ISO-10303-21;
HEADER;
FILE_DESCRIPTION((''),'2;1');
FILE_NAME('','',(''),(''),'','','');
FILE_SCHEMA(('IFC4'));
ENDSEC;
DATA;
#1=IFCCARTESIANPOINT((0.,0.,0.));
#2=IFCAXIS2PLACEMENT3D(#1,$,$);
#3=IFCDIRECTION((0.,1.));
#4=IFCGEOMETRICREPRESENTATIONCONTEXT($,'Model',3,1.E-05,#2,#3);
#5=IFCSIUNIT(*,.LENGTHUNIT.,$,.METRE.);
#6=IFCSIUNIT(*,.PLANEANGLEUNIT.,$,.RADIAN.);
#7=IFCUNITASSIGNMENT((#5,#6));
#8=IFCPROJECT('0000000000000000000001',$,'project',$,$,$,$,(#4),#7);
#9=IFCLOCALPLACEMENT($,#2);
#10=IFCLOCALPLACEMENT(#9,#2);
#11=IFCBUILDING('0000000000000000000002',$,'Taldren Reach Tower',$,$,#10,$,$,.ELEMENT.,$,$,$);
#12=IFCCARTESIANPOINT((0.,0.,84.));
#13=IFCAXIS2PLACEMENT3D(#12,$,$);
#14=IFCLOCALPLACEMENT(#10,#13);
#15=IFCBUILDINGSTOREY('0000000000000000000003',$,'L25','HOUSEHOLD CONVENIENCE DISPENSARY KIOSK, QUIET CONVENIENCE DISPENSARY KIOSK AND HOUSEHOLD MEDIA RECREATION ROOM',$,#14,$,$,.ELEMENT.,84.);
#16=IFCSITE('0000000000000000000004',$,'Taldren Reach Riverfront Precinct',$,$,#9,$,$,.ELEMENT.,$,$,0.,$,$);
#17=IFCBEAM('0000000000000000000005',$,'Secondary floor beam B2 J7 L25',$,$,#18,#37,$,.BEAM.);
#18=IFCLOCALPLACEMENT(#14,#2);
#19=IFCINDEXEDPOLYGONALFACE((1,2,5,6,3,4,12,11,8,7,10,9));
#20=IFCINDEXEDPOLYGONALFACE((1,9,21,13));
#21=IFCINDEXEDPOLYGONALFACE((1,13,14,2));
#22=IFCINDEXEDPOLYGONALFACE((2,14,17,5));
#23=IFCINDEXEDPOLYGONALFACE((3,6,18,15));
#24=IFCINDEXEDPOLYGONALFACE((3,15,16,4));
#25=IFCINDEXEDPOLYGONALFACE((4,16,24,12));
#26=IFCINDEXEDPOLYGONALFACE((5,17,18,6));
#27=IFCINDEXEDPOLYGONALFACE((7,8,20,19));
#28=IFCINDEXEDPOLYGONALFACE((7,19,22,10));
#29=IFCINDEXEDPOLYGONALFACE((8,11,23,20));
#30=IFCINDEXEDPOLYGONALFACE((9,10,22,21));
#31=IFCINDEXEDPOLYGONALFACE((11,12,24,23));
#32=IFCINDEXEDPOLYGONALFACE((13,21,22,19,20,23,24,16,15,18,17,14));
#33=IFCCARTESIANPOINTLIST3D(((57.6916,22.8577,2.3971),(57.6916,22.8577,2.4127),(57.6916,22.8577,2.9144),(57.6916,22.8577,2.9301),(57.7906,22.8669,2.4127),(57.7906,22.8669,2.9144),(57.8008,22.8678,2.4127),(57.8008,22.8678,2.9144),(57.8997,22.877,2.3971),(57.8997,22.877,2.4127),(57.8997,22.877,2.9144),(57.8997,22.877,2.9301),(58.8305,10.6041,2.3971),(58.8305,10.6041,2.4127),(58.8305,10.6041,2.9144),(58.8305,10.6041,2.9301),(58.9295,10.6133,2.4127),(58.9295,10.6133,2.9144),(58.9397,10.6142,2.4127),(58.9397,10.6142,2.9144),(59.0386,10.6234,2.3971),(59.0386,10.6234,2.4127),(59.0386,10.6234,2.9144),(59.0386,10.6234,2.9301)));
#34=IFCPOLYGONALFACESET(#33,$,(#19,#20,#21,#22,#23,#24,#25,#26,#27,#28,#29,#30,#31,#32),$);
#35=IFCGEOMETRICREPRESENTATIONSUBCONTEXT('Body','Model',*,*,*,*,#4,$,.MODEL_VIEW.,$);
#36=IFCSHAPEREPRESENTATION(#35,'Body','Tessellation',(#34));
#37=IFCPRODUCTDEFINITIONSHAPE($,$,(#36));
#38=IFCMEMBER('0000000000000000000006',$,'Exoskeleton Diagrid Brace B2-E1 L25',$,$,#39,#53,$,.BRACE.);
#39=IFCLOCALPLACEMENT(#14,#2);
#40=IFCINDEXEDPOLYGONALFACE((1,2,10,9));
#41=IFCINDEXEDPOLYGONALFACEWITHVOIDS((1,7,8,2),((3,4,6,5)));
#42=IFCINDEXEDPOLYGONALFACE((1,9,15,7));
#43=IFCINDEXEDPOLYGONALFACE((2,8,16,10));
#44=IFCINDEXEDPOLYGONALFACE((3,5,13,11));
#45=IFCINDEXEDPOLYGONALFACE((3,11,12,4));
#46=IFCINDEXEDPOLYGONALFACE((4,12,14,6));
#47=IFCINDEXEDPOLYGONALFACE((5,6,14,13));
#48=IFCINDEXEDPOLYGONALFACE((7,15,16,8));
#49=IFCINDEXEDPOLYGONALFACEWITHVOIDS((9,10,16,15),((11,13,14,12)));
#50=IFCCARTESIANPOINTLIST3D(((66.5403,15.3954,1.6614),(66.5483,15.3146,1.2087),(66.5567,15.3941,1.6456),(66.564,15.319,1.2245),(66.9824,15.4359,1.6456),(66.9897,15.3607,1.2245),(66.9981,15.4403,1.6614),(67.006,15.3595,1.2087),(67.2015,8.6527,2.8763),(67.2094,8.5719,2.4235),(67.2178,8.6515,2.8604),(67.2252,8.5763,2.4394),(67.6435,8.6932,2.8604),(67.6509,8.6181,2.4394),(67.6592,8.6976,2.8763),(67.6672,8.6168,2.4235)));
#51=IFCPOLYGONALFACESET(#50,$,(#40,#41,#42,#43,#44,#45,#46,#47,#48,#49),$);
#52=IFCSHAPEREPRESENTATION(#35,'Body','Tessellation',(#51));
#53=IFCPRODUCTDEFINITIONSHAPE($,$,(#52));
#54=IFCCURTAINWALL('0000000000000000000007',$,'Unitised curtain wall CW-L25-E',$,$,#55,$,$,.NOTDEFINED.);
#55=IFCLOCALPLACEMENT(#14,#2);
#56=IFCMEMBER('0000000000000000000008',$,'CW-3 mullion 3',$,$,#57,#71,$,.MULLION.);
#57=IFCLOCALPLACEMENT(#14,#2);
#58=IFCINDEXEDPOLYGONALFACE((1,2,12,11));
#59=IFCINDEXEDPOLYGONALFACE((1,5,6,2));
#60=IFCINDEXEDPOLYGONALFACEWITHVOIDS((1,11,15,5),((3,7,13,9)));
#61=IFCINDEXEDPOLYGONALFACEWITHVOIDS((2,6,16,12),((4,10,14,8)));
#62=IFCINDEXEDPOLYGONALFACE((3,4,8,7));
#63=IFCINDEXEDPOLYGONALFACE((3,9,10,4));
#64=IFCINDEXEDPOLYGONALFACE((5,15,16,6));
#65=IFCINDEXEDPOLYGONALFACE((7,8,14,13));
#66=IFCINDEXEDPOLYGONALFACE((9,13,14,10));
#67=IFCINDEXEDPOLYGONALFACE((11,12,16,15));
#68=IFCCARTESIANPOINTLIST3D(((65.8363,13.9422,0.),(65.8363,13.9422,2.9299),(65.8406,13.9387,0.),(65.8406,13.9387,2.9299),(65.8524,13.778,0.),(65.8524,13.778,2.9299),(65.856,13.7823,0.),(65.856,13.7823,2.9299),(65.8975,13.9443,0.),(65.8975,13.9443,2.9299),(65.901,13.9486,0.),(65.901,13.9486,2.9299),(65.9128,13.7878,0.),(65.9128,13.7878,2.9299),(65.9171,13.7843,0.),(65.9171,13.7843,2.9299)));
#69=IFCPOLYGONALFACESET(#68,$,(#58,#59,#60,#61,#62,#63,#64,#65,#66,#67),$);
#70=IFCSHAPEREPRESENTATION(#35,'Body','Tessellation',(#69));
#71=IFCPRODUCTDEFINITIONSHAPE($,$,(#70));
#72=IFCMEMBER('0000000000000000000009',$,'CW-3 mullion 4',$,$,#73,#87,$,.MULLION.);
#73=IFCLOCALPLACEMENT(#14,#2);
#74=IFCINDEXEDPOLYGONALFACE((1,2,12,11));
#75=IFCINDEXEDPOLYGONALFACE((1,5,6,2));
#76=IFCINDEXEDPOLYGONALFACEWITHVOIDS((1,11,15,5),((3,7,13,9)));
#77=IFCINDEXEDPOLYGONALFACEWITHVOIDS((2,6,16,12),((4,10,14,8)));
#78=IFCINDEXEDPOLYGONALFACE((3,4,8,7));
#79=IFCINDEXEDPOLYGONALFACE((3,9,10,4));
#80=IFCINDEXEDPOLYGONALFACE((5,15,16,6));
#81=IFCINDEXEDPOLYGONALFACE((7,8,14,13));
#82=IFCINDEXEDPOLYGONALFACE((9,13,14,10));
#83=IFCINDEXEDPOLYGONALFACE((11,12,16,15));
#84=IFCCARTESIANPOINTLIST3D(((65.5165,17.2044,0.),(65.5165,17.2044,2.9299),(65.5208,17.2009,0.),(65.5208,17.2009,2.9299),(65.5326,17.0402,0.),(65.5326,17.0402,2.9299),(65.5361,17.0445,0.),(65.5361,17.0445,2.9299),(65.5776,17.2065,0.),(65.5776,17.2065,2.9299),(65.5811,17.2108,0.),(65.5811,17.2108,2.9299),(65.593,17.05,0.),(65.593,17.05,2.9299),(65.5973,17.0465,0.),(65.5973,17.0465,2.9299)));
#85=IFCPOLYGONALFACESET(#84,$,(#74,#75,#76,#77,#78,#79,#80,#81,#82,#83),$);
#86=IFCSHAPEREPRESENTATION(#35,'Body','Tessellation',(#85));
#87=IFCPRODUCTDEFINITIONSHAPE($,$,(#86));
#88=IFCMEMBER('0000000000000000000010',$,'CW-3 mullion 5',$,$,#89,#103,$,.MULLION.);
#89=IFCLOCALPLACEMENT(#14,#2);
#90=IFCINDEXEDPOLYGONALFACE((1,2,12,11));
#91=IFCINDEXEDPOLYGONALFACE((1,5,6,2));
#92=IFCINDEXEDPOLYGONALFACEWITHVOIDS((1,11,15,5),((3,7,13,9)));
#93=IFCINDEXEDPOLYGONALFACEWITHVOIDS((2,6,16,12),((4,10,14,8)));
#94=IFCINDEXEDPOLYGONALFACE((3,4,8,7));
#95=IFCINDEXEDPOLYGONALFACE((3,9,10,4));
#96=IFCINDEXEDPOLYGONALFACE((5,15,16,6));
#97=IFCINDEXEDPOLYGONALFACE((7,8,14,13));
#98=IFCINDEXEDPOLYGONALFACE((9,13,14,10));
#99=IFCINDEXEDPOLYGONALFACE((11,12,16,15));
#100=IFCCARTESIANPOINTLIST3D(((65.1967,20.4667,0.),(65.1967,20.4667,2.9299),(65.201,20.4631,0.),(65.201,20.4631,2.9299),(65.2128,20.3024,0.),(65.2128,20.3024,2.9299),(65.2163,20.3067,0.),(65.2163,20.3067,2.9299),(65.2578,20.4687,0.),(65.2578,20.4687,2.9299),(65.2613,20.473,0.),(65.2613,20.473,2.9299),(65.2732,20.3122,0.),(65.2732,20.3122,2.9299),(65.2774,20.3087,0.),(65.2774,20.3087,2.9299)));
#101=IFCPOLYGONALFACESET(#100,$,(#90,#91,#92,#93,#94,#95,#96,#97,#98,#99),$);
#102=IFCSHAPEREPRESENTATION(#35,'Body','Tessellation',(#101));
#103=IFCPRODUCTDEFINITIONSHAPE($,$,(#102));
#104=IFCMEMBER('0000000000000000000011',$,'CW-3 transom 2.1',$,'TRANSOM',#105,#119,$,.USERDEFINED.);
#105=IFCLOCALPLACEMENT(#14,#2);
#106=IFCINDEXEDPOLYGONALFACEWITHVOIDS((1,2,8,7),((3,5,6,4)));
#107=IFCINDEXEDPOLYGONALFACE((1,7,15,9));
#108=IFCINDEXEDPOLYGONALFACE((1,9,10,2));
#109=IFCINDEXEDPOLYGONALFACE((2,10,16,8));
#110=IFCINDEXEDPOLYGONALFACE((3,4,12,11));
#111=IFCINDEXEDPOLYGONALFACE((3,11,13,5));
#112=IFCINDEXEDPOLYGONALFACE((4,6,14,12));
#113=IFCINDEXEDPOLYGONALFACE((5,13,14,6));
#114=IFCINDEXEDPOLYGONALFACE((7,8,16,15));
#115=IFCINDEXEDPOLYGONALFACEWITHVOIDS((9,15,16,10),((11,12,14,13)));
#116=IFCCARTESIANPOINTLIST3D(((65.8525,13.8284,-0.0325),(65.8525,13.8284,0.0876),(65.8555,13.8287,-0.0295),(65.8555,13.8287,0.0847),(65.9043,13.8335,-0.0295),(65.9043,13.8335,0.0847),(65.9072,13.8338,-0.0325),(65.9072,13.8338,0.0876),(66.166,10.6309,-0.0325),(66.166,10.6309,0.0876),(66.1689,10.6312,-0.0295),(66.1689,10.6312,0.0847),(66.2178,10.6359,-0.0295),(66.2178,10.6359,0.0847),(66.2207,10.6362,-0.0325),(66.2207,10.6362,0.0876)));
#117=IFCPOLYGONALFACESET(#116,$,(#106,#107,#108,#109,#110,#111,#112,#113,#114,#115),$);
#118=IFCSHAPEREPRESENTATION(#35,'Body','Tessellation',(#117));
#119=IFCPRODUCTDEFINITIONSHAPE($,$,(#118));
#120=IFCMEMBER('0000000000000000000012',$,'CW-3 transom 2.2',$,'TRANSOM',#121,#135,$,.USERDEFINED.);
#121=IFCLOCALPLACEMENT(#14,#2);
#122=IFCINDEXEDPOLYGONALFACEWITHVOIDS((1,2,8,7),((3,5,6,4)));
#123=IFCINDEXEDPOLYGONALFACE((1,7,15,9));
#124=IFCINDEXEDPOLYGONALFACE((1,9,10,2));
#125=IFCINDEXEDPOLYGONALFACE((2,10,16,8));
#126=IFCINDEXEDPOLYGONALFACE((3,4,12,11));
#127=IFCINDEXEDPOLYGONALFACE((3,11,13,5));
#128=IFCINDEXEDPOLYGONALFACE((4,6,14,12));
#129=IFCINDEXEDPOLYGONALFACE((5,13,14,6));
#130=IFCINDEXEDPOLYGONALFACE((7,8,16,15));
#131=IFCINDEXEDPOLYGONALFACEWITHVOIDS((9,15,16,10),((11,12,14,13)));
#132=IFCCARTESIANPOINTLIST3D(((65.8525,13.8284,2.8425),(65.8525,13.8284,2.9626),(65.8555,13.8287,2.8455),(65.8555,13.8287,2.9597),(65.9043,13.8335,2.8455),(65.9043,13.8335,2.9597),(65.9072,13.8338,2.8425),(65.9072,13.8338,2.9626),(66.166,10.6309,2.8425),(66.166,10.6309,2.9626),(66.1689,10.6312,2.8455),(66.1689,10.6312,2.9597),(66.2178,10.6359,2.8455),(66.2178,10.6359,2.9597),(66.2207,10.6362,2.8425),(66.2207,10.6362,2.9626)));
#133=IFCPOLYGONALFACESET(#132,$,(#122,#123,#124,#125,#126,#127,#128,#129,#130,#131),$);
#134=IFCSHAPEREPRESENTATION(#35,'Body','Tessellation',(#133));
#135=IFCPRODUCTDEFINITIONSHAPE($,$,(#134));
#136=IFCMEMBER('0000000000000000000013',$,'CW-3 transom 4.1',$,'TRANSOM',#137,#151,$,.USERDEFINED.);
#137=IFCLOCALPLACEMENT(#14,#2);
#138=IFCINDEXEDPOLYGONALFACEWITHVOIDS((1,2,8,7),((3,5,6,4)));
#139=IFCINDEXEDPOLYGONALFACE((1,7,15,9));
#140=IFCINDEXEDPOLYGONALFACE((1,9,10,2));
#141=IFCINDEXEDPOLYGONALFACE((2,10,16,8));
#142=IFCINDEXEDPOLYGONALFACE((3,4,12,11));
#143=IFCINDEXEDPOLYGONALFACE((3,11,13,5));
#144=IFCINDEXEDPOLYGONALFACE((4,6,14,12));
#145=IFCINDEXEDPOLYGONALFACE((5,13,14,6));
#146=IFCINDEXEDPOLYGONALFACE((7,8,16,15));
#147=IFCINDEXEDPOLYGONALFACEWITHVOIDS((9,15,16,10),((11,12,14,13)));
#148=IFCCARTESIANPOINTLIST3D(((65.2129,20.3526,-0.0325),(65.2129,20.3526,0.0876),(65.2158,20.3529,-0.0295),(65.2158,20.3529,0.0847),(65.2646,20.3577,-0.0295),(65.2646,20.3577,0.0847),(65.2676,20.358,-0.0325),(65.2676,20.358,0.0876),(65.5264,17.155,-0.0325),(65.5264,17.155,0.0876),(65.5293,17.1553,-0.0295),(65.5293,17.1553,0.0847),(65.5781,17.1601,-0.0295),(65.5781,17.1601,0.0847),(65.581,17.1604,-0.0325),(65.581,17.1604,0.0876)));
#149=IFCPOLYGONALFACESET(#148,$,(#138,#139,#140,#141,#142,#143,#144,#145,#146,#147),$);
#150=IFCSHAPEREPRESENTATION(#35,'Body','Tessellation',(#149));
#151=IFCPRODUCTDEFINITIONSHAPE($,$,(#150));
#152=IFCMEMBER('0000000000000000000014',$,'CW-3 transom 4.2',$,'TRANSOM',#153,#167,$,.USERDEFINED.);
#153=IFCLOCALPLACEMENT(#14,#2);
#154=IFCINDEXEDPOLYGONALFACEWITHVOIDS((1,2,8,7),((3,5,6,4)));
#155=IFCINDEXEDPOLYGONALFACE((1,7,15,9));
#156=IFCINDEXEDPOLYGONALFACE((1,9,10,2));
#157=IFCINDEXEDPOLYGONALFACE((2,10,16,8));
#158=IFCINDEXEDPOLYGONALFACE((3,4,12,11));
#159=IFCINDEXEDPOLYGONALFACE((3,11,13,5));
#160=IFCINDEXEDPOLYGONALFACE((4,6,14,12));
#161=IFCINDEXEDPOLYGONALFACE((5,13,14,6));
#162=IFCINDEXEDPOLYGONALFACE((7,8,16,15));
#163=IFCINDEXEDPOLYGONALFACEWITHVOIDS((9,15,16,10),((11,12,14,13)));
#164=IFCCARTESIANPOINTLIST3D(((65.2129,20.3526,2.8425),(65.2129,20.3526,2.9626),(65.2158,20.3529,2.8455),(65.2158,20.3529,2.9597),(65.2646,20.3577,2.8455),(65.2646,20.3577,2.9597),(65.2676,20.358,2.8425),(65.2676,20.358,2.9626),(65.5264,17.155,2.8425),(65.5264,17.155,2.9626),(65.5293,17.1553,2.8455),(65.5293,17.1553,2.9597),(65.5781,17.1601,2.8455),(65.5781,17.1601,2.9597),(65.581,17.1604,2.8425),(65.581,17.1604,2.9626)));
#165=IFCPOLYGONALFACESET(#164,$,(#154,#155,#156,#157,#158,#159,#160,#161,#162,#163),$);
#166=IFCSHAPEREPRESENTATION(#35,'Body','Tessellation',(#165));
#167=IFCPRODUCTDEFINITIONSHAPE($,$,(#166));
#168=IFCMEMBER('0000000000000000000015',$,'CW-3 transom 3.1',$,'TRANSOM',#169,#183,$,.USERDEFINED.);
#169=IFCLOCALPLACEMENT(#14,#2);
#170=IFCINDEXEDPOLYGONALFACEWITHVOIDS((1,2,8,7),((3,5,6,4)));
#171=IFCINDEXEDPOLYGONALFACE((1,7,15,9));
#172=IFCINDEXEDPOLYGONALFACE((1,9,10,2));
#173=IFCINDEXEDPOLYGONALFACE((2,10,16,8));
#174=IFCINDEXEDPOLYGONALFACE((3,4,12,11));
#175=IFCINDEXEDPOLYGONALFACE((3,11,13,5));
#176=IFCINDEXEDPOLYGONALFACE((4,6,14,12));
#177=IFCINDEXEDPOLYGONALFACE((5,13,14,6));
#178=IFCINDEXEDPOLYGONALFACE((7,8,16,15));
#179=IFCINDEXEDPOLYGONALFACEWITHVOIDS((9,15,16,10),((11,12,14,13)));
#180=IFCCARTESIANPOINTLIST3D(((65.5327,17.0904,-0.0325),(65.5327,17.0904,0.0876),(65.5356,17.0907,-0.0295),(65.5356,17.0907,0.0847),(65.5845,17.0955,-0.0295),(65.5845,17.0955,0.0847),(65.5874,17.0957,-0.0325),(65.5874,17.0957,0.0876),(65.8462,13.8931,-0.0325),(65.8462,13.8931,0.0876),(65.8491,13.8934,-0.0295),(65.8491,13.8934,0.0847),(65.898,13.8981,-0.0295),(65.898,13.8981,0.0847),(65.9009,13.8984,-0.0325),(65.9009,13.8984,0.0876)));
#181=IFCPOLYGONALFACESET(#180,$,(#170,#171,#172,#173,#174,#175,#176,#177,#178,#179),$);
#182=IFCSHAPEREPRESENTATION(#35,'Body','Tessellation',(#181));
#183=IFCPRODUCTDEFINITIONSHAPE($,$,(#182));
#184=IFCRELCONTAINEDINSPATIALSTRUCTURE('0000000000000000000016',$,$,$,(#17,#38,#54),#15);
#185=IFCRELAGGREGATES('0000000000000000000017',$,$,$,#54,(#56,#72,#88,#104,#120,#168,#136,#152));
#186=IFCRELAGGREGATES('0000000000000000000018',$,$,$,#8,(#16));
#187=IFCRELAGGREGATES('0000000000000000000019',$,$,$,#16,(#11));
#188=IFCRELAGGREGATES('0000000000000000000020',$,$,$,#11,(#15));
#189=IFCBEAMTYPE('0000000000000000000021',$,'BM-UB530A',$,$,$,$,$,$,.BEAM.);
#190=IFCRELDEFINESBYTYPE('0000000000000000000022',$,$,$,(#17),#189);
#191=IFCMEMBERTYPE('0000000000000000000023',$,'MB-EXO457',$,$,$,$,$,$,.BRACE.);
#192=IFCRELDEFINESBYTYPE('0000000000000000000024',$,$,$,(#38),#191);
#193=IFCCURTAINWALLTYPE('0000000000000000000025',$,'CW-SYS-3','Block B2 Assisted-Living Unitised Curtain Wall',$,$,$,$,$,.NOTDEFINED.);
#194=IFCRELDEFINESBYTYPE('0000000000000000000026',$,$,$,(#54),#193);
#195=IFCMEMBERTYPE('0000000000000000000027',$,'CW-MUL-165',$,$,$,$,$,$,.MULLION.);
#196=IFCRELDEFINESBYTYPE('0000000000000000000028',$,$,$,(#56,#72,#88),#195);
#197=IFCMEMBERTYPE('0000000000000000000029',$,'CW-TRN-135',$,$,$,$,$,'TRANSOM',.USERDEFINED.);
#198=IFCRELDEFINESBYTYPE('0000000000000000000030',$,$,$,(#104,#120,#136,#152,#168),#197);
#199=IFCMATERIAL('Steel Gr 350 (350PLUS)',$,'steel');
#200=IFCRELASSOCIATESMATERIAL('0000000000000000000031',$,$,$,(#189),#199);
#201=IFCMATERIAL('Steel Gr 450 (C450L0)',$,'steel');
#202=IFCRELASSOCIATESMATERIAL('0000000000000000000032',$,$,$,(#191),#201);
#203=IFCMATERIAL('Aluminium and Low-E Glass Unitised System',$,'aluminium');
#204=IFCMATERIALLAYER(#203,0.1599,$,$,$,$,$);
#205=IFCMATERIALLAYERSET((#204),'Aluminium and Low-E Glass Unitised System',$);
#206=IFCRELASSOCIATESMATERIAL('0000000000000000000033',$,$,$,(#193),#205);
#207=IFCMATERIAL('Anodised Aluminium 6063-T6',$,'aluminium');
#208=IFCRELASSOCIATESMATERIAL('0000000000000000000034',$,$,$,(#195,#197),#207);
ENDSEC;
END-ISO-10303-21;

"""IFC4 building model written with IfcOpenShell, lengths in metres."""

from ifc_helpers import new_model, si_unit, direction, frame, origin, origin_2d, place, context, subcontext, project, spatial, hollow_rectangle, i_section, extrude, source, transform, mapped, material, layer, layer_set, material_profile, profile_set, type_object, element, aggregate, save


model = new_model("IFC4")

# Units and contexts
model_context = context("Model", 3, precision=1e-05, world=origin(), true_north=direction((0.0, 1.0)))
body_context = subcontext(model_context, "Body", "Model", "MODEL_VIEW")
ifc_project = project(units=[si_unit("LENGTHUNIT", "METRE"), si_unit("PLANEANGLEUNIT", "RADIAN")], contexts=[model_context])

# Site, building, storey
site_placement = place(None, origin())
site = spatial("IfcSite", under=ifc_project, at=site_placement, Name="Taldren Reach Riverfront Precinct", CompositionType="ELEMENT", RefElevation=0.0)
building_placement = place(site_placement, origin())
building = spatial("IfcBuilding", under=site, at=building_placement, Name="Taldren Reach Tower", CompositionType="ELEMENT")
storey_placement = place(building_placement, frame((0.0, 0.0, 84.0)))
storey = spatial("IfcBuildingStorey", under=building, at=storey_placement, Name="L25", Description="HOUSEHOLD CONVENIENCE DISPENSARY KIOSK, QUIET CONVENIENCE DISPENSARY KIOSK AND HOUSEHOLD MEDIA RECREATION ROOM", CompositionType="ELEMENT", Elevation=84.0)

# Beam
ifc_material_1 = material(Name="Steel Gr 350 (350PLUS)", Category="steel")
ifc_material_profile_1 = material_profile(ifc_material_1, i_section(OverallWidth=0.209, OverallDepth=0.533, WebThickness=0.0103, FlangeThickness=0.0156, at=origin_2d()), Name="530UB92.4")
ifc_profile_set_1 = profile_set([ifc_material_profile_1], Name="Steel Gr 350 (350PLUS)")
beam_type = type_object("IfcBeamType", Name="BM-UB530A", PredefinedType="BEAM", material=ifc_profile_set_1)
shared_shape_1 = source(origin(), body_context, "Body", "SweptSolid", [
    extrude(i_section(OverallWidth=0.209, OverallDepth=0.533, WebThickness=0.0103, FlangeThickness=0.0156, at=origin_2d()), origin(), (0.0, 0.0, 1.0), 12.3064),
])
beam_placement = place(storey_placement, frame((58.9346, 10.6138, 2.6636), z_axis=(-0.092546, 0.995708, 0.0), x_axis=(-0.995708, -0.092546, 0.0)))
element("IfcBeam", 1, at=beam_placement, inside=storey, type_object=beam_type, Name="Secondary floor beam B2 J7 L25", PredefinedType="BEAM", context=body_context, shape_type="MappedRepresentation", body=[
    mapped(shared_shape_1, transform((0.0, 0.0, 0.0), scale=1.0)),
])

# Member
ifc_material_2 = material(Name="Steel Gr 450 (C450L0)", Category="steel")
ifc_material_profile_2 = material_profile(ifc_material_2, hollow_rectangle(XDim=0.46, YDim=0.46, WallThickness=0.0161, at=origin_2d()), Name="460x460x16.0SHS")
ifc_profile_set_2 = profile_set([ifc_material_profile_2], Name="Steel Gr 450 (C450L0)")
member_type_1 = type_object("IfcMemberType", Name="MB-EXO457", PredefinedType="BRACE", material=ifc_profile_set_2)
shared_shape_2 = source(origin(), body_context, "Body", "SweptSolid", [
    extrude(hollow_rectangle(XDim=0.46, YDim=0.46, WallThickness=0.0161, at=origin_2d()), origin(), (0.0, 0.0, 1.0), 6.8831),
])
member_1_placement = place(storey_placement, frame((66.7732, 15.3774, 1.4351), z_axis=(0.096052, -0.979603, 0.176497), x_axis=(0.995227, 0.097584, 0.0)))
element("IfcMember", 2, at=member_1_placement, inside=storey, type_object=member_type_1, Name="Exoskeleton Diagrid Brace B2-E1 L25", PredefinedType="BRACE", context=body_context, shape_type="MappedRepresentation", body=[
    mapped(shared_shape_2, transform((0.0, 0.0, 0.0), scale=1.0)),
])

# Curtain wall, members
ifc_material_3 = material(Name="Aluminium and Low-E Glass Unitised System", Category="aluminium")
ifc_layer_1 = layer(ifc_material_3, 0.1599)
ifc_layer_set_1 = layer_set([ifc_layer_1], Name="Aluminium and Low-E Glass Unitised System")
curtain_wall_type = type_object("IfcCurtainWallType", Name="CW-SYS-3", Description="Block B2 Assisted-Living Unitised Curtain Wall", PredefinedType="NOTDEFINED", material=ifc_layer_set_1)
curtain_wall_placement = place(storey_placement, origin())
curtain_wall = element("IfcCurtainWall", 3, at=curtain_wall_placement, inside=storey, type_object=curtain_wall_type, Name="Unitised curtain wall CW-L25-E", PredefinedType="NOTDEFINED")
ifc_material_4 = material(Name="Anodised Aluminium 6063-T6", Category="aluminium")
ifc_material_profile_3 = material_profile(ifc_material_4, hollow_rectangle(XDim=0.0649, YDim=0.165, WallThickness=0.0039, at=origin_2d()), Name="ALU-165x65x4RHS")
ifc_profile_set_3 = profile_set([ifc_material_profile_3], Name="Anodised Aluminium 6063-T6")
member_type_2 = type_object("IfcMemberType", Name="CW-MUL-165", PredefinedType="MULLION", material=ifc_profile_set_3)
shared_shape_3 = source(origin(), body_context, "Body", "SweptSolid", [
    extrude(hollow_rectangle(XDim=0.0649, YDim=0.165, WallThickness=0.0039, at=origin_2d()), origin(), (0.0, 0.0, 1.0), 2.9299),
])
member_2_placement = place(storey_placement, frame((65.8767, 13.8633, 0.0), z_axis=(0.0, 0.0, 1.0), x_axis=(-0.995227, -0.097583, 0.0)))
member_2 = element("IfcMember", 4, at=member_2_placement, type_object=member_type_2, Name="CW-3 mullion 3", PredefinedType="MULLION", context=body_context, shape_type="MappedRepresentation", body=[
    mapped(shared_shape_3, transform((0.0, 0.0, 0.0), scale=1.0)),
])
member_3_placement = place(storey_placement, frame((65.5569, 17.1255, 0.0), z_axis=(0.0, 0.0, 1.0), x_axis=(-0.995227, -0.097583, 0.0)))
member_3 = element("IfcMember", 5, at=member_3_placement, type_object=member_type_2, Name="CW-3 mullion 4", PredefinedType="MULLION", context=body_context, shape_type="MappedRepresentation", body=[
    mapped(shared_shape_3, transform((0.0, 0.0, 0.0), scale=1.0)),
])
member_4_placement = place(storey_placement, frame((65.2371, 20.3877, 0.0), z_axis=(0.0, 0.0, 1.0), x_axis=(-0.995227, -0.097583, 0.0)))
member_4 = element("IfcMember", 6, at=member_4_placement, type_object=member_type_2, Name="CW-3 mullion 5", PredefinedType="MULLION", context=body_context, shape_type="MappedRepresentation", body=[
    mapped(shared_shape_3, transform((0.0, 0.0, 0.0), scale=1.0)),
])
ifc_material_profile_4 = material_profile(ifc_material_4, hollow_rectangle(XDim=0.0549, YDim=0.1201, WallThickness=0.0029, at=origin_2d()), Name="ALU-120x55x3RHS")
ifc_profile_set_4 = profile_set([ifc_material_profile_4], Name="Anodised Aluminium 6063-T6")
member_type_3 = type_object("IfcMemberType", Name="CW-TRN-135", ElementType="TRANSOM", PredefinedType="USERDEFINED", material=ifc_profile_set_4)
shared_shape_4 = source(origin(), body_context, "Body", "SweptSolid", [
    extrude(hollow_rectangle(XDim=0.0549, YDim=0.1201, WallThickness=0.0029, at=origin_2d()), origin(), (0.0, 0.0, 1.0), 3.2129),
])
member_5_placement = place(storey_placement, frame((66.1934, 10.6335, 0.0276), z_axis=(-0.09757, 0.995229, 0.0), x_axis=(-0.995229, -0.09757, 0.0)))
member_5 = element("IfcMember", 7, at=member_5_placement, type_object=member_type_3, Name="CW-3 transom 2.1", ObjectType="TRANSOM", PredefinedType="USERDEFINED", context=body_context, shape_type="MappedRepresentation", body=[
    mapped(shared_shape_4, transform((0.0, 0.0, 0.0), scale=1.0)),
])
member_6_placement = place(storey_placement, frame((66.1934, 10.6335, 2.9026), z_axis=(-0.09757, 0.995229, 0.0), x_axis=(-0.995229, -0.09757, 0.0)))
member_6 = element("IfcMember", 8, at=member_6_placement, type_object=member_type_3, Name="CW-3 transom 2.2", ObjectType="TRANSOM", PredefinedType="USERDEFINED", context=body_context, shape_type="MappedRepresentation", body=[
    mapped(shared_shape_4, transform((0.0, 0.0, 0.0), scale=1.0)),
])
member_7_placement = place(storey_placement, frame((65.5537, 17.1577, 0.0276), z_axis=(-0.09757, 0.995229, 0.0), x_axis=(-0.995229, -0.09757, 0.0)))
member_7 = element("IfcMember", 9, at=member_7_placement, type_object=member_type_3, Name="CW-3 transom 4.1", ObjectType="TRANSOM", PredefinedType="USERDEFINED", context=body_context, shape_type="MappedRepresentation", body=[
    mapped(shared_shape_4, transform((0.0, 0.0, 0.0), scale=1.0)),
])
member_8_placement = place(storey_placement, frame((65.5537, 17.1577, 2.9026), z_axis=(-0.09757, 0.995229, 0.0), x_axis=(-0.995229, -0.09757, 0.0)))
member_8 = element("IfcMember", 10, at=member_8_placement, type_object=member_type_3, Name="CW-3 transom 4.2", ObjectType="TRANSOM", PredefinedType="USERDEFINED", context=body_context, shape_type="MappedRepresentation", body=[
    mapped(shared_shape_4, transform((0.0, 0.0, 0.0), scale=1.0)),
])
shared_shape_5 = source(origin(), body_context, "Body", "SweptSolid", [
    extrude(hollow_rectangle(XDim=0.0549, YDim=0.1201, WallThickness=0.0029, at=origin_2d()), origin(), (0.0, 0.0, 1.0), 3.2126),
])
member_9_placement = place(storey_placement, frame((65.8735, 13.8958, 0.0276), z_axis=(-0.097577, 0.995228, 0.0), x_axis=(-0.995228, -0.097577, 0.0)))
member_9 = element("IfcMember", 11, at=member_9_placement, type_object=member_type_3, Name="CW-3 transom 3.1", ObjectType="TRANSOM", PredefinedType="USERDEFINED", context=body_context, shape_type="MappedRepresentation", body=[
    mapped(shared_shape_5, transform((0.0, 0.0, 0.0), scale=1.0)),
])
aggregate(curtain_wall, [member_2, member_3, member_4, member_5, member_6, member_9, member_7, member_8])

save(model, "model.ifc")
